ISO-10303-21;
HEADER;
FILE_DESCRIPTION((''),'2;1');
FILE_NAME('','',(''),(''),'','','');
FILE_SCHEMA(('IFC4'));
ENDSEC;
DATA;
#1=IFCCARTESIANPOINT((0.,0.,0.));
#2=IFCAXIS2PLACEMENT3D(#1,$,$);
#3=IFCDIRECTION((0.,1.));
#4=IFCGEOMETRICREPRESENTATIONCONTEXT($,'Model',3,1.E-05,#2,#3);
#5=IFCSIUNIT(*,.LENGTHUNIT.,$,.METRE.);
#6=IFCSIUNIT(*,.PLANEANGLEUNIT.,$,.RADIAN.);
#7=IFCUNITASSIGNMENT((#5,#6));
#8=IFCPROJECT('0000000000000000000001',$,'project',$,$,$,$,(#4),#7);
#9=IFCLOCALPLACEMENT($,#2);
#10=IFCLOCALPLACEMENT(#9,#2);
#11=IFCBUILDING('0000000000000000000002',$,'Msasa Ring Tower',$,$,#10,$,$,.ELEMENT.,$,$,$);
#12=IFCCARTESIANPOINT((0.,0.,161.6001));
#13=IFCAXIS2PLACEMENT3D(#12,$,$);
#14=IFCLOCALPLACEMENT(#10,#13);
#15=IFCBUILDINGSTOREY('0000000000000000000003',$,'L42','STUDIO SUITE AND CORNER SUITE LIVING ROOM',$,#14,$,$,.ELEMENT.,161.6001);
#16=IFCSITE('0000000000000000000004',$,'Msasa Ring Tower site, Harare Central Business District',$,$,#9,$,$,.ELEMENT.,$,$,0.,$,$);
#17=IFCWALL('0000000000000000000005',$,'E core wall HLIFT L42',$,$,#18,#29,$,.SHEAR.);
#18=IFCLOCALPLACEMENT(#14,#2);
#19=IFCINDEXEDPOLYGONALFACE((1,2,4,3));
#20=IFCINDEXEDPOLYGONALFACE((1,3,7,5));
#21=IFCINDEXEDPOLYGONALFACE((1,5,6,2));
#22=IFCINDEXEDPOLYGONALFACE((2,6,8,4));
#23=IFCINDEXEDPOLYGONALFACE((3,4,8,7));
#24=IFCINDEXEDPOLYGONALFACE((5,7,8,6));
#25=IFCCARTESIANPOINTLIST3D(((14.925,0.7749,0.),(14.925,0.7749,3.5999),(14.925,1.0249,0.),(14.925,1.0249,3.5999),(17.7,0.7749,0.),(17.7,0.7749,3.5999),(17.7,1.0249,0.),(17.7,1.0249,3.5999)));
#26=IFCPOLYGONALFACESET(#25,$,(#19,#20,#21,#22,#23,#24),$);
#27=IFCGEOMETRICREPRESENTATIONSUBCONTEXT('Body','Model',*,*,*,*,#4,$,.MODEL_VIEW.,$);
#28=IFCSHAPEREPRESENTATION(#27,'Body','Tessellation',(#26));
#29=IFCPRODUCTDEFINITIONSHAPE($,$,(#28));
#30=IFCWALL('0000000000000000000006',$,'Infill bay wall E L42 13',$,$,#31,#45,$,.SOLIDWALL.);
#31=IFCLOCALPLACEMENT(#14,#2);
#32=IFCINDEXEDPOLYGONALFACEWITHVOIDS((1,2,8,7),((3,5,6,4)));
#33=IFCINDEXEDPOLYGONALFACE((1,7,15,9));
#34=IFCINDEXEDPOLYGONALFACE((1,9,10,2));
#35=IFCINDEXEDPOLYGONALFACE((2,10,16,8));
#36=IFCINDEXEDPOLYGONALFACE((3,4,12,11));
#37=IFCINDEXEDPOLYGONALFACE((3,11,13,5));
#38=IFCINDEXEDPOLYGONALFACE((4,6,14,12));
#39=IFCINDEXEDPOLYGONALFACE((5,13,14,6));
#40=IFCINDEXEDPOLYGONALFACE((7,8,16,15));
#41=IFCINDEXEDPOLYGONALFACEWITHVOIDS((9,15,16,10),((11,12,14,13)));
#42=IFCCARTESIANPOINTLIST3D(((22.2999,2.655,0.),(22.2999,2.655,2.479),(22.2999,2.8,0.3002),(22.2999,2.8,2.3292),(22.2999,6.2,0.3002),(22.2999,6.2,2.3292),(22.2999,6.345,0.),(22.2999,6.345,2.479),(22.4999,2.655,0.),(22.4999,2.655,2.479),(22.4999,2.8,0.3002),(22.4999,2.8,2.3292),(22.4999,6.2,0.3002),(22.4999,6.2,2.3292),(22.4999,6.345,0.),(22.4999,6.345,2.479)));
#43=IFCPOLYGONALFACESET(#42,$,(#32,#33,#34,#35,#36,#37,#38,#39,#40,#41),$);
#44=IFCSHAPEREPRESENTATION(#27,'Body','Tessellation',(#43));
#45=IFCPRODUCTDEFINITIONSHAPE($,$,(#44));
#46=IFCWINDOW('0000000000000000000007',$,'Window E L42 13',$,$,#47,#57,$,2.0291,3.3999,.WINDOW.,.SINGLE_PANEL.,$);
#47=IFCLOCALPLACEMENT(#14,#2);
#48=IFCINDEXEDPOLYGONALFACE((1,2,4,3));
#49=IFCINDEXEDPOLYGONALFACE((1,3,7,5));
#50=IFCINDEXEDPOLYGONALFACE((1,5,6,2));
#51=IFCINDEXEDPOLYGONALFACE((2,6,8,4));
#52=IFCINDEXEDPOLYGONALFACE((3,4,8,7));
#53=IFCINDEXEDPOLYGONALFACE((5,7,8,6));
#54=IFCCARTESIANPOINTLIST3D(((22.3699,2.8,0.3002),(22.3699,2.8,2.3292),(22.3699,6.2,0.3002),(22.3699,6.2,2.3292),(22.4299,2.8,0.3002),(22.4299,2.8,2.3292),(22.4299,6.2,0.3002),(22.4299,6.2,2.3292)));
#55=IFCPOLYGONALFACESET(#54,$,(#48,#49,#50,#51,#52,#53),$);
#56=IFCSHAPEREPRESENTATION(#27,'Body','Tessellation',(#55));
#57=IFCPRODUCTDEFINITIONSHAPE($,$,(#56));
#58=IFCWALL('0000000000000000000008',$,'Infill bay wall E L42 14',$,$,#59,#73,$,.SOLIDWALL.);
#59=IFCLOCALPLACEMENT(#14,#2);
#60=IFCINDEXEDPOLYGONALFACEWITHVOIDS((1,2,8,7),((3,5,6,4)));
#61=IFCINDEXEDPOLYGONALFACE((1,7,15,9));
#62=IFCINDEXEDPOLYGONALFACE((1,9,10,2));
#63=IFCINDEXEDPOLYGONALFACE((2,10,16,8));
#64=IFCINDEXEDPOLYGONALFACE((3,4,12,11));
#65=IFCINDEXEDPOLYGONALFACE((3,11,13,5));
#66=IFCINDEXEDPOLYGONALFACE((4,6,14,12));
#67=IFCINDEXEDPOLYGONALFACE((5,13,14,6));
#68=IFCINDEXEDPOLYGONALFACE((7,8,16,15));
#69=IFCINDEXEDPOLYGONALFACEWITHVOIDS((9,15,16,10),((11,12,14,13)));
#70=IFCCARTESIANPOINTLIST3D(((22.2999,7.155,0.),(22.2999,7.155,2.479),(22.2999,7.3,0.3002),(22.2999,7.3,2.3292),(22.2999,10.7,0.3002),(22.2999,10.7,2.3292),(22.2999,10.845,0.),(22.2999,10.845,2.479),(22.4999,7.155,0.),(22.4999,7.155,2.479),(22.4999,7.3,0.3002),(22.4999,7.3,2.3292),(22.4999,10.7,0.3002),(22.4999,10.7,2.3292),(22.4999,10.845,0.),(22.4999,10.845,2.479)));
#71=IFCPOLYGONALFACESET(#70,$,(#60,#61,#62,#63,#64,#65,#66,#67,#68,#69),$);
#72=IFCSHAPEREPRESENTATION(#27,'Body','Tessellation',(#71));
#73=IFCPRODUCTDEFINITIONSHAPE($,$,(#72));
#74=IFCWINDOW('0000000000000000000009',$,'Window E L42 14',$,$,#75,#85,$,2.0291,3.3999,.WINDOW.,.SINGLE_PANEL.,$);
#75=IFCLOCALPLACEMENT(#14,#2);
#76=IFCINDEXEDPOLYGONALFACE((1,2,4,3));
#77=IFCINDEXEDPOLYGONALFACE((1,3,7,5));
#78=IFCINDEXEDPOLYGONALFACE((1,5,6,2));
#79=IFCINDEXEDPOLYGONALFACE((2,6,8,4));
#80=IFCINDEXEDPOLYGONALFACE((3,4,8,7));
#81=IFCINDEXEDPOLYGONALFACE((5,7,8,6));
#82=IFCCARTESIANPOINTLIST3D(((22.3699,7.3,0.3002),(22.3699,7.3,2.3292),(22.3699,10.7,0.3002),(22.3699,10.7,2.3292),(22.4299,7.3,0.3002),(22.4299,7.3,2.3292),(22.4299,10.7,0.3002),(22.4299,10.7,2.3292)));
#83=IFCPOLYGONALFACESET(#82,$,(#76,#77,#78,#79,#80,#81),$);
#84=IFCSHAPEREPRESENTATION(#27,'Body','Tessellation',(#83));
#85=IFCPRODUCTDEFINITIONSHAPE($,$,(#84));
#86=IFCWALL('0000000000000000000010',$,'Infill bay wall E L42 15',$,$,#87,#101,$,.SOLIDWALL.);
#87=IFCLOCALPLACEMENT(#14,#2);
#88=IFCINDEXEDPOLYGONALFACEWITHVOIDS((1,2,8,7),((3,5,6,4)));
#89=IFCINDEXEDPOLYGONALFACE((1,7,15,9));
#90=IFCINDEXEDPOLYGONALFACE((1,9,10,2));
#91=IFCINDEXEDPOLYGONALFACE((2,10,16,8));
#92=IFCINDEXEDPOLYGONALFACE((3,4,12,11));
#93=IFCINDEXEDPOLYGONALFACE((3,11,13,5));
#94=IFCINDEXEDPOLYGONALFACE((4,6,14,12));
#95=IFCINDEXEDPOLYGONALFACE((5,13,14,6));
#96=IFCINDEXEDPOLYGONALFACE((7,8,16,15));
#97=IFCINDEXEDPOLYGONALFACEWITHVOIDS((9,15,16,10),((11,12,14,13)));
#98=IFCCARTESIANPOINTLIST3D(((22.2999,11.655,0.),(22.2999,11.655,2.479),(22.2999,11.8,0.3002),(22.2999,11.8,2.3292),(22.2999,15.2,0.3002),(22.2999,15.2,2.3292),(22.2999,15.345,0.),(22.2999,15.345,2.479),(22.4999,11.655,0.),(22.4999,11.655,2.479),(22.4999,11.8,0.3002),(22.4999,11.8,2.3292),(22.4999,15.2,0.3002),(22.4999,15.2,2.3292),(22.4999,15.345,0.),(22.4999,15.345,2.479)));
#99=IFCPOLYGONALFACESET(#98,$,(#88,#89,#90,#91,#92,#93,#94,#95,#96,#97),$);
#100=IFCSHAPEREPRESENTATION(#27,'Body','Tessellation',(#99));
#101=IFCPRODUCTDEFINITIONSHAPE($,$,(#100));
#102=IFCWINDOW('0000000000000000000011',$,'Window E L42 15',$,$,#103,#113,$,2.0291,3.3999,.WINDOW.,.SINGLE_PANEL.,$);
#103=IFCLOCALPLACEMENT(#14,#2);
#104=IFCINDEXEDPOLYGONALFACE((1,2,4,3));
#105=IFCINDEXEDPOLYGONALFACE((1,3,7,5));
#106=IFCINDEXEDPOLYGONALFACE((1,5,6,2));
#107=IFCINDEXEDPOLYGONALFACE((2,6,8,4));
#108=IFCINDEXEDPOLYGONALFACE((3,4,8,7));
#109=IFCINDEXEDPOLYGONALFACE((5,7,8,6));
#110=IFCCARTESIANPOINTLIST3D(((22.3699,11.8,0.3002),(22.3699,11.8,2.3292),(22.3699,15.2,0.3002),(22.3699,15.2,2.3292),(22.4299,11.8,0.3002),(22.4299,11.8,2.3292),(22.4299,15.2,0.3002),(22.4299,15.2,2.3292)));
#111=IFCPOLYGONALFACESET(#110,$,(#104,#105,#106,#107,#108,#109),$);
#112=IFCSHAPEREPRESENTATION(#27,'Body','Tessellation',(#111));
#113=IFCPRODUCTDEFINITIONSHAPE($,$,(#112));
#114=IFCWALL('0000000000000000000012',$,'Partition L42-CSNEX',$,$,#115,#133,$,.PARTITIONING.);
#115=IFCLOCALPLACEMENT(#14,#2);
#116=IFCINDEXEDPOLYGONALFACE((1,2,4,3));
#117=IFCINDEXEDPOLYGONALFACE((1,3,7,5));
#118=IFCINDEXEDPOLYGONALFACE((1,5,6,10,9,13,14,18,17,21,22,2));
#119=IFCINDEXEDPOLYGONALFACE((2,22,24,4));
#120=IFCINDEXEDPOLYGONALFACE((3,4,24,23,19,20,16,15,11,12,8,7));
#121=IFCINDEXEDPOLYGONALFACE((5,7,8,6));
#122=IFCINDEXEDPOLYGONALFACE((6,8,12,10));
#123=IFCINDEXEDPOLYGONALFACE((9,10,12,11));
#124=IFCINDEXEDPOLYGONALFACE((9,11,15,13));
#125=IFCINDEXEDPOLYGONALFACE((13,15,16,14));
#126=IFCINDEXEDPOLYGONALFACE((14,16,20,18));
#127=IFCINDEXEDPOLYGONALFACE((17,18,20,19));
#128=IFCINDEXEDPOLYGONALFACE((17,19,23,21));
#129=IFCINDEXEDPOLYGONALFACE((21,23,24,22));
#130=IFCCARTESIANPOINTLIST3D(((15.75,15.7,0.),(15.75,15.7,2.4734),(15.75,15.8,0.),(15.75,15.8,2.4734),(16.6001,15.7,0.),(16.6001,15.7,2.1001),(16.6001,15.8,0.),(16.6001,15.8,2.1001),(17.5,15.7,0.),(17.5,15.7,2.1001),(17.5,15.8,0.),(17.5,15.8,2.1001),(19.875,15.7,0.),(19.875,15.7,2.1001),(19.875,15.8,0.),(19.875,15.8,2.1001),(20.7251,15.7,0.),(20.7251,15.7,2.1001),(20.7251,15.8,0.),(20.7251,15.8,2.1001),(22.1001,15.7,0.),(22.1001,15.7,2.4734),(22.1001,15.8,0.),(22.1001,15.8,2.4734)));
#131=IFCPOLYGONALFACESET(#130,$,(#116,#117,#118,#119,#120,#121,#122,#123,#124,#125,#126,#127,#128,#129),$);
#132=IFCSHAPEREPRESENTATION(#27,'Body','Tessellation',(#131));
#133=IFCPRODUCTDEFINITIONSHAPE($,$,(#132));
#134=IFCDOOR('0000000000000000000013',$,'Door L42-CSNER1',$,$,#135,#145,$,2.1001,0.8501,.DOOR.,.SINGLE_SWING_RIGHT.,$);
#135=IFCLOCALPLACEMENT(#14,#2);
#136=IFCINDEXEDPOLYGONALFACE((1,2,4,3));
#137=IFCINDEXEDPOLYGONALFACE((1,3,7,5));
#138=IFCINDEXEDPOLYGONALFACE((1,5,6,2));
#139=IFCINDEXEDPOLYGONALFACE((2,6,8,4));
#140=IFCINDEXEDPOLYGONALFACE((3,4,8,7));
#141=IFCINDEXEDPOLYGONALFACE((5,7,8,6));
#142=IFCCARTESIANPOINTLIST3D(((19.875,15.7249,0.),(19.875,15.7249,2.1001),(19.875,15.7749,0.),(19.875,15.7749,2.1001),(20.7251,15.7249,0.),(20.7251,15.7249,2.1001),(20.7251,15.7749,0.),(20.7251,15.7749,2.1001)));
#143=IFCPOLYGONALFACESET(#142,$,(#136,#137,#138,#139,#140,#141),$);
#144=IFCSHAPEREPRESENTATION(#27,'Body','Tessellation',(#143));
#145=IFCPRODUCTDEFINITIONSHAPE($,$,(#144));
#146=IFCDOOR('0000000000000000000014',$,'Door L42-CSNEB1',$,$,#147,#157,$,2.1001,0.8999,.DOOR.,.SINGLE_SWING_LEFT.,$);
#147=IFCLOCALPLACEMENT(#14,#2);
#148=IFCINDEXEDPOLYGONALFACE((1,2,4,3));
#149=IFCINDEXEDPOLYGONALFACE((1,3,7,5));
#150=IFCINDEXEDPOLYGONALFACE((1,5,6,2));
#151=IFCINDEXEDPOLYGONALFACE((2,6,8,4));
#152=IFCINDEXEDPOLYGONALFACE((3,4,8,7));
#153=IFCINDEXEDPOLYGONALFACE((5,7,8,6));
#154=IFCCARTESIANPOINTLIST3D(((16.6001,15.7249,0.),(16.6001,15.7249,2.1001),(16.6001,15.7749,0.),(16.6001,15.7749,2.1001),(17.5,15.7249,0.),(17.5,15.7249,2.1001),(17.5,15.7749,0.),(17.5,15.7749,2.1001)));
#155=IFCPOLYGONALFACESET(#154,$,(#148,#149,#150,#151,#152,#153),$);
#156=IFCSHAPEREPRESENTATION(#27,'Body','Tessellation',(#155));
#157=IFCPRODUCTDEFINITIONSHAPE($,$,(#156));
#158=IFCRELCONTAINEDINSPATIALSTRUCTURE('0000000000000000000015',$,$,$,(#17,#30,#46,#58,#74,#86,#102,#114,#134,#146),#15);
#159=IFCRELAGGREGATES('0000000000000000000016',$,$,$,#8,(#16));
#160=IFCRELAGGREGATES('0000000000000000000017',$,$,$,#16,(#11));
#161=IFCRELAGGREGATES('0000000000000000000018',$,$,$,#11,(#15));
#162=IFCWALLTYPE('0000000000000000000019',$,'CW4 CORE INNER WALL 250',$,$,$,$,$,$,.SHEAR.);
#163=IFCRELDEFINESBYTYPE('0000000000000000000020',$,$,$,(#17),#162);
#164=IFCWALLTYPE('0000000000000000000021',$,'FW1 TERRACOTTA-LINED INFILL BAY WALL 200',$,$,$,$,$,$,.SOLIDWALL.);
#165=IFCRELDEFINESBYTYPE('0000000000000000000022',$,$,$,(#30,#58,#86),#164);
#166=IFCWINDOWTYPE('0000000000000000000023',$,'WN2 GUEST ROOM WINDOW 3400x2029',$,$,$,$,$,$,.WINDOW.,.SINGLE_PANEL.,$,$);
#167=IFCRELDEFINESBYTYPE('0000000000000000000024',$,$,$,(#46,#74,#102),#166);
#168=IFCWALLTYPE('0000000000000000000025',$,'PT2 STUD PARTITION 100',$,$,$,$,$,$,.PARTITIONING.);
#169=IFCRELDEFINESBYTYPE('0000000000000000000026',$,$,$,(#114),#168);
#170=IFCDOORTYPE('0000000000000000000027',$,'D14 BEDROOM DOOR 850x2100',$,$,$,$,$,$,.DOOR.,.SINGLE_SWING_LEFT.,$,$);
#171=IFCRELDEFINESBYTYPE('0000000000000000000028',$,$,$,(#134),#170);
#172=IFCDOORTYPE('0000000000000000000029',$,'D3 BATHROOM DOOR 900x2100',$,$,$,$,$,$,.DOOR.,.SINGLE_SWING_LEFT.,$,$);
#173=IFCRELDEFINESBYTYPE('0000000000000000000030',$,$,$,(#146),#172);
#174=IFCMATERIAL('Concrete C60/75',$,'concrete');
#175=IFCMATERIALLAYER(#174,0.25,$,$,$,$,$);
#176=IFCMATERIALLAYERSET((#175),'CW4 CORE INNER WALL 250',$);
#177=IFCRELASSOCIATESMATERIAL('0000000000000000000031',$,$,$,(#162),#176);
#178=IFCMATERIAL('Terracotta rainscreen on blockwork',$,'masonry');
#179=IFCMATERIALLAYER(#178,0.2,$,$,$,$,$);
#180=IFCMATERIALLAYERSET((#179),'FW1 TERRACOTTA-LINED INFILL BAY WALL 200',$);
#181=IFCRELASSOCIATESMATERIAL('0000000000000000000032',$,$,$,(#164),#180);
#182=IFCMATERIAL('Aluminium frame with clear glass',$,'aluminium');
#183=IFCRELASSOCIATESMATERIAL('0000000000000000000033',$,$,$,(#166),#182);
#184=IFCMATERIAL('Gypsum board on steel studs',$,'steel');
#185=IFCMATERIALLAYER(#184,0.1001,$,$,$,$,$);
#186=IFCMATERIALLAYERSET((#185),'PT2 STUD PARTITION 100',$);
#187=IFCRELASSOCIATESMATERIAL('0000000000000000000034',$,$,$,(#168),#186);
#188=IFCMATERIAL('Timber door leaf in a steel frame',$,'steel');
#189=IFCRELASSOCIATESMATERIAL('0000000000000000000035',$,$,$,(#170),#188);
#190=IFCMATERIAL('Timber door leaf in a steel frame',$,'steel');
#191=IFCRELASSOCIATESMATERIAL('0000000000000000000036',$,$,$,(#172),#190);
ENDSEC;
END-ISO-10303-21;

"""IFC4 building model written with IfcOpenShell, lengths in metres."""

from ifc_helpers import new_model, si_unit, direction, frame, frame_2d, origin, place, context, subcontext, project, spatial, rectangle, extrude, material, layer, layer_set, type_object, element, fill, save


model = new_model("IFC4")

# Units and contexts
model_context = context("Model", 3, precision=1e-05, world=origin(), true_north=direction((0.0, 1.0)))
body_context = subcontext(model_context, "Body", "Model", "MODEL_VIEW")
ifc_project = project(units=[si_unit("LENGTHUNIT", "METRE"), si_unit("PLANEANGLEUNIT", "RADIAN")], contexts=[model_context])

# Site, building, storey
site_placement = place(None, origin())
site = spatial("IfcSite", under=ifc_project, at=site_placement, Name="Msasa Ring Tower site, Harare Central Business District", CompositionType="ELEMENT", RefElevation=0.0)
building_placement = place(site_placement, origin())
building = spatial("IfcBuilding", under=site, at=building_placement, Name="Msasa Ring Tower", CompositionType="ELEMENT")
storey_placement = place(building_placement, frame((0.0, 0.0, 161.6001)))
storey = spatial("IfcBuildingStorey", under=building, at=storey_placement, Name="L42", Description="STUDIO SUITE AND CORNER SUITE LIVING ROOM", CompositionType="ELEMENT", Elevation=161.6001)

# Wall
ifc_material_1 = material(Name="Concrete C60/75", Category="concrete")
ifc_layer_1 = layer(ifc_material_1, 0.25)
ifc_layer_set_1 = layer_set([ifc_layer_1], Name="CW4 CORE INNER WALL 250")
wall_type_1 = type_object("IfcWallType", Name="CW4 CORE INNER WALL 250", PredefinedType="SHEAR", material=ifc_layer_set_1)
wall_1_placement = place(storey_placement, frame((14.925, 0.8999, 0.0), z_axis=(0.0, 0.0, 1.0), x_axis=(1.0, 0.0, 0.0)))
element("IfcWall", 1, at=wall_1_placement, inside=storey, type_object=wall_type_1, Name="E core wall HLIFT L42", PredefinedType="SHEAR", context=body_context, shape_type="SweptSolid", body=[
    extrude(rectangle(XDim=2.7749, YDim=0.25, at=frame_2d((1.3875, 0.0))), origin(), (0.0, 0.0, 1.0), 3.5999),
])

# Walls, openings, windows
ifc_material_2 = material(Name="Terracotta rainscreen on blockwork", Category="masonry")
ifc_layer_2 = layer(ifc_material_2, 0.2)
ifc_layer_set_2 = layer_set([ifc_layer_2], Name="FW1 TERRACOTTA-LINED INFILL BAY WALL 200")
wall_type_2 = type_object("IfcWallType", Name="FW1 TERRACOTTA-LINED INFILL BAY WALL 200", PredefinedType="SOLIDWALL", material=ifc_layer_set_2)
wall_2_placement = place(storey_placement, frame((22.3999, 2.655, 0.0), z_axis=(0.0, 0.0, 1.0), x_axis=(0.0, 1.0, 0.0)))
wall_2 = element("IfcWall", 2, at=wall_2_placement, inside=storey, type_object=wall_type_2, Name="Infill bay wall E L42 13", PredefinedType="SOLIDWALL", context=body_context, shape_type="SweptSolid", body=[
    extrude(rectangle(XDim=3.6899, YDim=0.2, at=frame_2d((1.845, 0.0))), origin(), (0.0, 0.0, 1.0), 2.479),
])
opening_1_placement = place(wall_2_placement, frame((0.145, 0.0, 0.3)))
opening_1 = element("IfcOpeningElement", 3, at=opening_1_placement, cuts=wall_2, PredefinedType="OPENING", context=body_context, shape_type="SweptSolid", body=[
    extrude(rectangle(XDim=3.3999, YDim=2.0291, at=frame_2d((1.7, 1.0146))), frame((0.0, 0.1099, 0.0), z_axis=(0.0, -1.0, 0.0), x_axis=(1.0, 0.0, 0.0)), (0.0, 0.0, 1.0), 0.22),
])
ifc_material_3 = material(Name="Aluminium frame with clear glass", Category="aluminium")
window_type = type_object("IfcWindowType", Name="WN2 GUEST ROOM WINDOW 3400x2029", PartitioningType="SINGLE_PANEL", PredefinedType="WINDOW", material=ifc_material_3)
window_1_placement = place(opening_1_placement, origin())
window_1 = element("IfcWindow", 4, at=window_1_placement, inside=storey, type_object=window_type, Name="Window E L42 13", OverallHeight=2.0291, OverallWidth=3.3999, PartitioningType="SINGLE_PANEL", PredefinedType="WINDOW", context=body_context, shape_type="SweptSolid", body=[
    extrude(rectangle(XDim=3.3999, YDim=2.0291, at=frame_2d((1.7, 1.0146))), frame((0.0, 0.03, 0.0), z_axis=(0.0, -1.0, 0.0), x_axis=(1.0, 0.0, 0.0)), (0.0, 0.0, 1.0), 0.0601),
])
fill(opening_1, window_1)
wall_3_placement = place(storey_placement, frame((22.3999, 7.155, 0.0), z_axis=(0.0, 0.0, 1.0), x_axis=(0.0, 1.0, 0.0)))
wall_3 = element("IfcWall", 5, at=wall_3_placement, inside=storey, type_object=wall_type_2, Name="Infill bay wall E L42 14", PredefinedType="SOLIDWALL", context=body_context, shape_type="SweptSolid", body=[
    extrude(rectangle(XDim=3.6899, YDim=0.2, at=frame_2d((1.845, 0.0))), origin(), (0.0, 0.0, 1.0), 2.479),
])
opening_2_placement = place(wall_3_placement, frame((0.145, 0.0, 0.3)))
opening_2 = element("IfcOpeningElement", 6, at=opening_2_placement, cuts=wall_3, PredefinedType="OPENING", context=body_context, shape_type="SweptSolid", body=[
    extrude(rectangle(XDim=3.3999, YDim=2.0291, at=frame_2d((1.7, 1.0146))), frame((0.0, 0.1099, 0.0), z_axis=(0.0, -1.0, 0.0), x_axis=(1.0, 0.0, 0.0)), (0.0, 0.0, 1.0), 0.22),
])
window_2_placement = place(opening_2_placement, origin())
window_2 = element("IfcWindow", 7, at=window_2_placement, inside=storey, type_object=window_type, Name="Window E L42 14", OverallHeight=2.0291, OverallWidth=3.3999, PartitioningType="SINGLE_PANEL", PredefinedType="WINDOW", context=body_context, shape_type="SweptSolid", body=[
    extrude(rectangle(XDim=3.3999, YDim=2.0291, at=frame_2d((1.7, 1.0146))), frame((0.0, 0.03, 0.0), z_axis=(0.0, -1.0, 0.0), x_axis=(1.0, 0.0, 0.0)), (0.0, 0.0, 1.0), 0.0601),
])
fill(opening_2, window_2)
wall_4_placement = place(storey_placement, frame((22.3999, 11.655, 0.0), z_axis=(0.0, 0.0, 1.0), x_axis=(0.0, 1.0, 0.0)))
wall_4 = element("IfcWall", 8, at=wall_4_placement, inside=storey, type_object=wall_type_2, Name="Infill bay wall E L42 15", PredefinedType="SOLIDWALL", context=body_context, shape_type="SweptSolid", body=[
    extrude(rectangle(XDim=3.6899, YDim=0.2, at=frame_2d((1.845, 0.0))), origin(), (0.0, 0.0, 1.0), 2.479),
])
opening_3_placement = place(wall_4_placement, frame((0.145, 0.0, 0.3)))
opening_3 = element("IfcOpeningElement", 9, at=opening_3_placement, cuts=wall_4, PredefinedType="OPENING", context=body_context, shape_type="SweptSolid", body=[
    extrude(rectangle(XDim=3.3999, YDim=2.0291, at=frame_2d((1.7, 1.0146))), frame((0.0, 0.1099, 0.0), z_axis=(0.0, -1.0, 0.0), x_axis=(1.0, 0.0, 0.0)), (0.0, 0.0, 1.0), 0.22),
])
window_3_placement = place(opening_3_placement, origin())
window_3 = element("IfcWindow", 10, at=window_3_placement, inside=storey, type_object=window_type, Name="Window E L42 15", OverallHeight=2.0291, OverallWidth=3.3999, PartitioningType="SINGLE_PANEL", PredefinedType="WINDOW", context=body_context, shape_type="SweptSolid", body=[
    extrude(rectangle(XDim=3.3999, YDim=2.0291, at=frame_2d((1.7, 1.0146))), frame((0.0, 0.03, 0.0), z_axis=(0.0, -1.0, 0.0), x_axis=(1.0, 0.0, 0.0)), (0.0, 0.0, 1.0), 0.0601),
])
fill(opening_3, window_3)

# Wall, openings, doors
ifc_material_4 = material(Name="Gypsum board on steel studs", Category="steel")
ifc_layer_3 = layer(ifc_material_4, 0.1001)
ifc_layer_set_3 = layer_set([ifc_layer_3], Name="PT2 STUD PARTITION 100")
wall_type_3 = type_object("IfcWallType", Name="PT2 STUD PARTITION 100", PredefinedType="PARTITIONING", material=ifc_layer_set_3)
wall_5_placement = place(storey_placement, frame((15.75, 15.75, 0.0), z_axis=(0.0, 0.0, 1.0), x_axis=(1.0, 0.0, 0.0)))
wall_5 = element("IfcWall", 11, at=wall_5_placement, inside=storey, type_object=wall_type_3, Name="Partition L42-CSNEX", PredefinedType="PARTITIONING", context=body_context, shape_type="SweptSolid", body=[
    extrude(rectangle(XDim=6.3501, YDim=0.1001, at=frame_2d((3.175, 0.0))), origin(), (0.0, 0.0, 1.0), 2.4734),
])
opening_4_placement = place(wall_5_placement, frame((4.125, 0.0, 0.0)))
opening_4 = element("IfcOpeningElement", 12, at=opening_4_placement, cuts=wall_5, PredefinedType="OPENING", context=body_context, shape_type="SweptSolid", body=[
    extrude(rectangle(XDim=0.8501, YDim=2.1001, at=frame_2d((0.425, 1.05))), frame((0.0, 0.0601, 0.0), z_axis=(0.0, -1.0, 0.0), x_axis=(1.0, 0.0, 0.0)), (0.0, 0.0, 1.0), 0.1201),
])
opening_5_placement = place(wall_5_placement, frame((0.8501, 0.0, 0.0)))
opening_5 = element("IfcOpeningElement", 13, at=opening_5_placement, cuts=wall_5, PredefinedType="OPENING", context=body_context, shape_type="SweptSolid", body=[
    extrude(rectangle(XDim=0.8999, YDim=2.1001, at=frame_2d((0.45, 1.05))), frame((0.0, 0.0601, 0.0), z_axis=(0.0, -1.0, 0.0), x_axis=(1.0, 0.0, 0.0)), (0.0, 0.0, 1.0), 0.1201),
])
ifc_material_5 = material(Name="Timber door leaf in a steel frame", Category="steel")
door_type_1 = type_object("IfcDoorType", Name="D14 BEDROOM DOOR 850x2100", OperationType="SINGLE_SWING_LEFT", PredefinedType="DOOR", material=ifc_material_5)
door_1_placement = place(opening_4_placement, origin())
door_1 = element("IfcDoor", 14, at=door_1_placement, inside=storey, type_object=door_type_1, Name="Door L42-CSNER1", OperationType="SINGLE_SWING_RIGHT", OverallHeight=2.1001, OverallWidth=0.8501, PredefinedType="DOOR", context=body_context, shape_type="SweptSolid", body=[
    extrude(rectangle(XDim=0.8501, YDim=2.1001, at=frame_2d((0.425, 1.05))), frame((0.0, 0.0249, 0.0), z_axis=(0.0, -1.0, 0.0), x_axis=(1.0, 0.0, 0.0)), (0.0, 0.0, 1.0), 0.05),
])
fill(opening_4, door_1)
ifc_material_6 = material(Name="Timber door leaf in a steel frame", Category="steel")
door_type_2 = type_object("IfcDoorType", Name="D3 BATHROOM DOOR 900x2100", OperationType="SINGLE_SWING_LEFT", PredefinedType="DOOR", material=ifc_material_6)
door_2_placement = place(opening_5_placement, origin())
door_2 = element("IfcDoor", 15, at=door_2_placement, inside=storey, type_object=door_type_2, Name="Door L42-CSNEB1", OperationType="SINGLE_SWING_LEFT", OverallHeight=2.1001, OverallWidth=0.8999, PredefinedType="DOOR", context=body_context, shape_type="SweptSolid", body=[
    extrude(rectangle(XDim=0.8999, YDim=2.1001, at=frame_2d((0.45, 1.05))), frame((0.0, 0.0249, 0.0), z_axis=(0.0, -1.0, 0.0), x_axis=(1.0, 0.0, 0.0)), (0.0, 0.0, 1.0), 0.05),
])
fill(opening_5, door_2)

save(model, "model.ifc")
